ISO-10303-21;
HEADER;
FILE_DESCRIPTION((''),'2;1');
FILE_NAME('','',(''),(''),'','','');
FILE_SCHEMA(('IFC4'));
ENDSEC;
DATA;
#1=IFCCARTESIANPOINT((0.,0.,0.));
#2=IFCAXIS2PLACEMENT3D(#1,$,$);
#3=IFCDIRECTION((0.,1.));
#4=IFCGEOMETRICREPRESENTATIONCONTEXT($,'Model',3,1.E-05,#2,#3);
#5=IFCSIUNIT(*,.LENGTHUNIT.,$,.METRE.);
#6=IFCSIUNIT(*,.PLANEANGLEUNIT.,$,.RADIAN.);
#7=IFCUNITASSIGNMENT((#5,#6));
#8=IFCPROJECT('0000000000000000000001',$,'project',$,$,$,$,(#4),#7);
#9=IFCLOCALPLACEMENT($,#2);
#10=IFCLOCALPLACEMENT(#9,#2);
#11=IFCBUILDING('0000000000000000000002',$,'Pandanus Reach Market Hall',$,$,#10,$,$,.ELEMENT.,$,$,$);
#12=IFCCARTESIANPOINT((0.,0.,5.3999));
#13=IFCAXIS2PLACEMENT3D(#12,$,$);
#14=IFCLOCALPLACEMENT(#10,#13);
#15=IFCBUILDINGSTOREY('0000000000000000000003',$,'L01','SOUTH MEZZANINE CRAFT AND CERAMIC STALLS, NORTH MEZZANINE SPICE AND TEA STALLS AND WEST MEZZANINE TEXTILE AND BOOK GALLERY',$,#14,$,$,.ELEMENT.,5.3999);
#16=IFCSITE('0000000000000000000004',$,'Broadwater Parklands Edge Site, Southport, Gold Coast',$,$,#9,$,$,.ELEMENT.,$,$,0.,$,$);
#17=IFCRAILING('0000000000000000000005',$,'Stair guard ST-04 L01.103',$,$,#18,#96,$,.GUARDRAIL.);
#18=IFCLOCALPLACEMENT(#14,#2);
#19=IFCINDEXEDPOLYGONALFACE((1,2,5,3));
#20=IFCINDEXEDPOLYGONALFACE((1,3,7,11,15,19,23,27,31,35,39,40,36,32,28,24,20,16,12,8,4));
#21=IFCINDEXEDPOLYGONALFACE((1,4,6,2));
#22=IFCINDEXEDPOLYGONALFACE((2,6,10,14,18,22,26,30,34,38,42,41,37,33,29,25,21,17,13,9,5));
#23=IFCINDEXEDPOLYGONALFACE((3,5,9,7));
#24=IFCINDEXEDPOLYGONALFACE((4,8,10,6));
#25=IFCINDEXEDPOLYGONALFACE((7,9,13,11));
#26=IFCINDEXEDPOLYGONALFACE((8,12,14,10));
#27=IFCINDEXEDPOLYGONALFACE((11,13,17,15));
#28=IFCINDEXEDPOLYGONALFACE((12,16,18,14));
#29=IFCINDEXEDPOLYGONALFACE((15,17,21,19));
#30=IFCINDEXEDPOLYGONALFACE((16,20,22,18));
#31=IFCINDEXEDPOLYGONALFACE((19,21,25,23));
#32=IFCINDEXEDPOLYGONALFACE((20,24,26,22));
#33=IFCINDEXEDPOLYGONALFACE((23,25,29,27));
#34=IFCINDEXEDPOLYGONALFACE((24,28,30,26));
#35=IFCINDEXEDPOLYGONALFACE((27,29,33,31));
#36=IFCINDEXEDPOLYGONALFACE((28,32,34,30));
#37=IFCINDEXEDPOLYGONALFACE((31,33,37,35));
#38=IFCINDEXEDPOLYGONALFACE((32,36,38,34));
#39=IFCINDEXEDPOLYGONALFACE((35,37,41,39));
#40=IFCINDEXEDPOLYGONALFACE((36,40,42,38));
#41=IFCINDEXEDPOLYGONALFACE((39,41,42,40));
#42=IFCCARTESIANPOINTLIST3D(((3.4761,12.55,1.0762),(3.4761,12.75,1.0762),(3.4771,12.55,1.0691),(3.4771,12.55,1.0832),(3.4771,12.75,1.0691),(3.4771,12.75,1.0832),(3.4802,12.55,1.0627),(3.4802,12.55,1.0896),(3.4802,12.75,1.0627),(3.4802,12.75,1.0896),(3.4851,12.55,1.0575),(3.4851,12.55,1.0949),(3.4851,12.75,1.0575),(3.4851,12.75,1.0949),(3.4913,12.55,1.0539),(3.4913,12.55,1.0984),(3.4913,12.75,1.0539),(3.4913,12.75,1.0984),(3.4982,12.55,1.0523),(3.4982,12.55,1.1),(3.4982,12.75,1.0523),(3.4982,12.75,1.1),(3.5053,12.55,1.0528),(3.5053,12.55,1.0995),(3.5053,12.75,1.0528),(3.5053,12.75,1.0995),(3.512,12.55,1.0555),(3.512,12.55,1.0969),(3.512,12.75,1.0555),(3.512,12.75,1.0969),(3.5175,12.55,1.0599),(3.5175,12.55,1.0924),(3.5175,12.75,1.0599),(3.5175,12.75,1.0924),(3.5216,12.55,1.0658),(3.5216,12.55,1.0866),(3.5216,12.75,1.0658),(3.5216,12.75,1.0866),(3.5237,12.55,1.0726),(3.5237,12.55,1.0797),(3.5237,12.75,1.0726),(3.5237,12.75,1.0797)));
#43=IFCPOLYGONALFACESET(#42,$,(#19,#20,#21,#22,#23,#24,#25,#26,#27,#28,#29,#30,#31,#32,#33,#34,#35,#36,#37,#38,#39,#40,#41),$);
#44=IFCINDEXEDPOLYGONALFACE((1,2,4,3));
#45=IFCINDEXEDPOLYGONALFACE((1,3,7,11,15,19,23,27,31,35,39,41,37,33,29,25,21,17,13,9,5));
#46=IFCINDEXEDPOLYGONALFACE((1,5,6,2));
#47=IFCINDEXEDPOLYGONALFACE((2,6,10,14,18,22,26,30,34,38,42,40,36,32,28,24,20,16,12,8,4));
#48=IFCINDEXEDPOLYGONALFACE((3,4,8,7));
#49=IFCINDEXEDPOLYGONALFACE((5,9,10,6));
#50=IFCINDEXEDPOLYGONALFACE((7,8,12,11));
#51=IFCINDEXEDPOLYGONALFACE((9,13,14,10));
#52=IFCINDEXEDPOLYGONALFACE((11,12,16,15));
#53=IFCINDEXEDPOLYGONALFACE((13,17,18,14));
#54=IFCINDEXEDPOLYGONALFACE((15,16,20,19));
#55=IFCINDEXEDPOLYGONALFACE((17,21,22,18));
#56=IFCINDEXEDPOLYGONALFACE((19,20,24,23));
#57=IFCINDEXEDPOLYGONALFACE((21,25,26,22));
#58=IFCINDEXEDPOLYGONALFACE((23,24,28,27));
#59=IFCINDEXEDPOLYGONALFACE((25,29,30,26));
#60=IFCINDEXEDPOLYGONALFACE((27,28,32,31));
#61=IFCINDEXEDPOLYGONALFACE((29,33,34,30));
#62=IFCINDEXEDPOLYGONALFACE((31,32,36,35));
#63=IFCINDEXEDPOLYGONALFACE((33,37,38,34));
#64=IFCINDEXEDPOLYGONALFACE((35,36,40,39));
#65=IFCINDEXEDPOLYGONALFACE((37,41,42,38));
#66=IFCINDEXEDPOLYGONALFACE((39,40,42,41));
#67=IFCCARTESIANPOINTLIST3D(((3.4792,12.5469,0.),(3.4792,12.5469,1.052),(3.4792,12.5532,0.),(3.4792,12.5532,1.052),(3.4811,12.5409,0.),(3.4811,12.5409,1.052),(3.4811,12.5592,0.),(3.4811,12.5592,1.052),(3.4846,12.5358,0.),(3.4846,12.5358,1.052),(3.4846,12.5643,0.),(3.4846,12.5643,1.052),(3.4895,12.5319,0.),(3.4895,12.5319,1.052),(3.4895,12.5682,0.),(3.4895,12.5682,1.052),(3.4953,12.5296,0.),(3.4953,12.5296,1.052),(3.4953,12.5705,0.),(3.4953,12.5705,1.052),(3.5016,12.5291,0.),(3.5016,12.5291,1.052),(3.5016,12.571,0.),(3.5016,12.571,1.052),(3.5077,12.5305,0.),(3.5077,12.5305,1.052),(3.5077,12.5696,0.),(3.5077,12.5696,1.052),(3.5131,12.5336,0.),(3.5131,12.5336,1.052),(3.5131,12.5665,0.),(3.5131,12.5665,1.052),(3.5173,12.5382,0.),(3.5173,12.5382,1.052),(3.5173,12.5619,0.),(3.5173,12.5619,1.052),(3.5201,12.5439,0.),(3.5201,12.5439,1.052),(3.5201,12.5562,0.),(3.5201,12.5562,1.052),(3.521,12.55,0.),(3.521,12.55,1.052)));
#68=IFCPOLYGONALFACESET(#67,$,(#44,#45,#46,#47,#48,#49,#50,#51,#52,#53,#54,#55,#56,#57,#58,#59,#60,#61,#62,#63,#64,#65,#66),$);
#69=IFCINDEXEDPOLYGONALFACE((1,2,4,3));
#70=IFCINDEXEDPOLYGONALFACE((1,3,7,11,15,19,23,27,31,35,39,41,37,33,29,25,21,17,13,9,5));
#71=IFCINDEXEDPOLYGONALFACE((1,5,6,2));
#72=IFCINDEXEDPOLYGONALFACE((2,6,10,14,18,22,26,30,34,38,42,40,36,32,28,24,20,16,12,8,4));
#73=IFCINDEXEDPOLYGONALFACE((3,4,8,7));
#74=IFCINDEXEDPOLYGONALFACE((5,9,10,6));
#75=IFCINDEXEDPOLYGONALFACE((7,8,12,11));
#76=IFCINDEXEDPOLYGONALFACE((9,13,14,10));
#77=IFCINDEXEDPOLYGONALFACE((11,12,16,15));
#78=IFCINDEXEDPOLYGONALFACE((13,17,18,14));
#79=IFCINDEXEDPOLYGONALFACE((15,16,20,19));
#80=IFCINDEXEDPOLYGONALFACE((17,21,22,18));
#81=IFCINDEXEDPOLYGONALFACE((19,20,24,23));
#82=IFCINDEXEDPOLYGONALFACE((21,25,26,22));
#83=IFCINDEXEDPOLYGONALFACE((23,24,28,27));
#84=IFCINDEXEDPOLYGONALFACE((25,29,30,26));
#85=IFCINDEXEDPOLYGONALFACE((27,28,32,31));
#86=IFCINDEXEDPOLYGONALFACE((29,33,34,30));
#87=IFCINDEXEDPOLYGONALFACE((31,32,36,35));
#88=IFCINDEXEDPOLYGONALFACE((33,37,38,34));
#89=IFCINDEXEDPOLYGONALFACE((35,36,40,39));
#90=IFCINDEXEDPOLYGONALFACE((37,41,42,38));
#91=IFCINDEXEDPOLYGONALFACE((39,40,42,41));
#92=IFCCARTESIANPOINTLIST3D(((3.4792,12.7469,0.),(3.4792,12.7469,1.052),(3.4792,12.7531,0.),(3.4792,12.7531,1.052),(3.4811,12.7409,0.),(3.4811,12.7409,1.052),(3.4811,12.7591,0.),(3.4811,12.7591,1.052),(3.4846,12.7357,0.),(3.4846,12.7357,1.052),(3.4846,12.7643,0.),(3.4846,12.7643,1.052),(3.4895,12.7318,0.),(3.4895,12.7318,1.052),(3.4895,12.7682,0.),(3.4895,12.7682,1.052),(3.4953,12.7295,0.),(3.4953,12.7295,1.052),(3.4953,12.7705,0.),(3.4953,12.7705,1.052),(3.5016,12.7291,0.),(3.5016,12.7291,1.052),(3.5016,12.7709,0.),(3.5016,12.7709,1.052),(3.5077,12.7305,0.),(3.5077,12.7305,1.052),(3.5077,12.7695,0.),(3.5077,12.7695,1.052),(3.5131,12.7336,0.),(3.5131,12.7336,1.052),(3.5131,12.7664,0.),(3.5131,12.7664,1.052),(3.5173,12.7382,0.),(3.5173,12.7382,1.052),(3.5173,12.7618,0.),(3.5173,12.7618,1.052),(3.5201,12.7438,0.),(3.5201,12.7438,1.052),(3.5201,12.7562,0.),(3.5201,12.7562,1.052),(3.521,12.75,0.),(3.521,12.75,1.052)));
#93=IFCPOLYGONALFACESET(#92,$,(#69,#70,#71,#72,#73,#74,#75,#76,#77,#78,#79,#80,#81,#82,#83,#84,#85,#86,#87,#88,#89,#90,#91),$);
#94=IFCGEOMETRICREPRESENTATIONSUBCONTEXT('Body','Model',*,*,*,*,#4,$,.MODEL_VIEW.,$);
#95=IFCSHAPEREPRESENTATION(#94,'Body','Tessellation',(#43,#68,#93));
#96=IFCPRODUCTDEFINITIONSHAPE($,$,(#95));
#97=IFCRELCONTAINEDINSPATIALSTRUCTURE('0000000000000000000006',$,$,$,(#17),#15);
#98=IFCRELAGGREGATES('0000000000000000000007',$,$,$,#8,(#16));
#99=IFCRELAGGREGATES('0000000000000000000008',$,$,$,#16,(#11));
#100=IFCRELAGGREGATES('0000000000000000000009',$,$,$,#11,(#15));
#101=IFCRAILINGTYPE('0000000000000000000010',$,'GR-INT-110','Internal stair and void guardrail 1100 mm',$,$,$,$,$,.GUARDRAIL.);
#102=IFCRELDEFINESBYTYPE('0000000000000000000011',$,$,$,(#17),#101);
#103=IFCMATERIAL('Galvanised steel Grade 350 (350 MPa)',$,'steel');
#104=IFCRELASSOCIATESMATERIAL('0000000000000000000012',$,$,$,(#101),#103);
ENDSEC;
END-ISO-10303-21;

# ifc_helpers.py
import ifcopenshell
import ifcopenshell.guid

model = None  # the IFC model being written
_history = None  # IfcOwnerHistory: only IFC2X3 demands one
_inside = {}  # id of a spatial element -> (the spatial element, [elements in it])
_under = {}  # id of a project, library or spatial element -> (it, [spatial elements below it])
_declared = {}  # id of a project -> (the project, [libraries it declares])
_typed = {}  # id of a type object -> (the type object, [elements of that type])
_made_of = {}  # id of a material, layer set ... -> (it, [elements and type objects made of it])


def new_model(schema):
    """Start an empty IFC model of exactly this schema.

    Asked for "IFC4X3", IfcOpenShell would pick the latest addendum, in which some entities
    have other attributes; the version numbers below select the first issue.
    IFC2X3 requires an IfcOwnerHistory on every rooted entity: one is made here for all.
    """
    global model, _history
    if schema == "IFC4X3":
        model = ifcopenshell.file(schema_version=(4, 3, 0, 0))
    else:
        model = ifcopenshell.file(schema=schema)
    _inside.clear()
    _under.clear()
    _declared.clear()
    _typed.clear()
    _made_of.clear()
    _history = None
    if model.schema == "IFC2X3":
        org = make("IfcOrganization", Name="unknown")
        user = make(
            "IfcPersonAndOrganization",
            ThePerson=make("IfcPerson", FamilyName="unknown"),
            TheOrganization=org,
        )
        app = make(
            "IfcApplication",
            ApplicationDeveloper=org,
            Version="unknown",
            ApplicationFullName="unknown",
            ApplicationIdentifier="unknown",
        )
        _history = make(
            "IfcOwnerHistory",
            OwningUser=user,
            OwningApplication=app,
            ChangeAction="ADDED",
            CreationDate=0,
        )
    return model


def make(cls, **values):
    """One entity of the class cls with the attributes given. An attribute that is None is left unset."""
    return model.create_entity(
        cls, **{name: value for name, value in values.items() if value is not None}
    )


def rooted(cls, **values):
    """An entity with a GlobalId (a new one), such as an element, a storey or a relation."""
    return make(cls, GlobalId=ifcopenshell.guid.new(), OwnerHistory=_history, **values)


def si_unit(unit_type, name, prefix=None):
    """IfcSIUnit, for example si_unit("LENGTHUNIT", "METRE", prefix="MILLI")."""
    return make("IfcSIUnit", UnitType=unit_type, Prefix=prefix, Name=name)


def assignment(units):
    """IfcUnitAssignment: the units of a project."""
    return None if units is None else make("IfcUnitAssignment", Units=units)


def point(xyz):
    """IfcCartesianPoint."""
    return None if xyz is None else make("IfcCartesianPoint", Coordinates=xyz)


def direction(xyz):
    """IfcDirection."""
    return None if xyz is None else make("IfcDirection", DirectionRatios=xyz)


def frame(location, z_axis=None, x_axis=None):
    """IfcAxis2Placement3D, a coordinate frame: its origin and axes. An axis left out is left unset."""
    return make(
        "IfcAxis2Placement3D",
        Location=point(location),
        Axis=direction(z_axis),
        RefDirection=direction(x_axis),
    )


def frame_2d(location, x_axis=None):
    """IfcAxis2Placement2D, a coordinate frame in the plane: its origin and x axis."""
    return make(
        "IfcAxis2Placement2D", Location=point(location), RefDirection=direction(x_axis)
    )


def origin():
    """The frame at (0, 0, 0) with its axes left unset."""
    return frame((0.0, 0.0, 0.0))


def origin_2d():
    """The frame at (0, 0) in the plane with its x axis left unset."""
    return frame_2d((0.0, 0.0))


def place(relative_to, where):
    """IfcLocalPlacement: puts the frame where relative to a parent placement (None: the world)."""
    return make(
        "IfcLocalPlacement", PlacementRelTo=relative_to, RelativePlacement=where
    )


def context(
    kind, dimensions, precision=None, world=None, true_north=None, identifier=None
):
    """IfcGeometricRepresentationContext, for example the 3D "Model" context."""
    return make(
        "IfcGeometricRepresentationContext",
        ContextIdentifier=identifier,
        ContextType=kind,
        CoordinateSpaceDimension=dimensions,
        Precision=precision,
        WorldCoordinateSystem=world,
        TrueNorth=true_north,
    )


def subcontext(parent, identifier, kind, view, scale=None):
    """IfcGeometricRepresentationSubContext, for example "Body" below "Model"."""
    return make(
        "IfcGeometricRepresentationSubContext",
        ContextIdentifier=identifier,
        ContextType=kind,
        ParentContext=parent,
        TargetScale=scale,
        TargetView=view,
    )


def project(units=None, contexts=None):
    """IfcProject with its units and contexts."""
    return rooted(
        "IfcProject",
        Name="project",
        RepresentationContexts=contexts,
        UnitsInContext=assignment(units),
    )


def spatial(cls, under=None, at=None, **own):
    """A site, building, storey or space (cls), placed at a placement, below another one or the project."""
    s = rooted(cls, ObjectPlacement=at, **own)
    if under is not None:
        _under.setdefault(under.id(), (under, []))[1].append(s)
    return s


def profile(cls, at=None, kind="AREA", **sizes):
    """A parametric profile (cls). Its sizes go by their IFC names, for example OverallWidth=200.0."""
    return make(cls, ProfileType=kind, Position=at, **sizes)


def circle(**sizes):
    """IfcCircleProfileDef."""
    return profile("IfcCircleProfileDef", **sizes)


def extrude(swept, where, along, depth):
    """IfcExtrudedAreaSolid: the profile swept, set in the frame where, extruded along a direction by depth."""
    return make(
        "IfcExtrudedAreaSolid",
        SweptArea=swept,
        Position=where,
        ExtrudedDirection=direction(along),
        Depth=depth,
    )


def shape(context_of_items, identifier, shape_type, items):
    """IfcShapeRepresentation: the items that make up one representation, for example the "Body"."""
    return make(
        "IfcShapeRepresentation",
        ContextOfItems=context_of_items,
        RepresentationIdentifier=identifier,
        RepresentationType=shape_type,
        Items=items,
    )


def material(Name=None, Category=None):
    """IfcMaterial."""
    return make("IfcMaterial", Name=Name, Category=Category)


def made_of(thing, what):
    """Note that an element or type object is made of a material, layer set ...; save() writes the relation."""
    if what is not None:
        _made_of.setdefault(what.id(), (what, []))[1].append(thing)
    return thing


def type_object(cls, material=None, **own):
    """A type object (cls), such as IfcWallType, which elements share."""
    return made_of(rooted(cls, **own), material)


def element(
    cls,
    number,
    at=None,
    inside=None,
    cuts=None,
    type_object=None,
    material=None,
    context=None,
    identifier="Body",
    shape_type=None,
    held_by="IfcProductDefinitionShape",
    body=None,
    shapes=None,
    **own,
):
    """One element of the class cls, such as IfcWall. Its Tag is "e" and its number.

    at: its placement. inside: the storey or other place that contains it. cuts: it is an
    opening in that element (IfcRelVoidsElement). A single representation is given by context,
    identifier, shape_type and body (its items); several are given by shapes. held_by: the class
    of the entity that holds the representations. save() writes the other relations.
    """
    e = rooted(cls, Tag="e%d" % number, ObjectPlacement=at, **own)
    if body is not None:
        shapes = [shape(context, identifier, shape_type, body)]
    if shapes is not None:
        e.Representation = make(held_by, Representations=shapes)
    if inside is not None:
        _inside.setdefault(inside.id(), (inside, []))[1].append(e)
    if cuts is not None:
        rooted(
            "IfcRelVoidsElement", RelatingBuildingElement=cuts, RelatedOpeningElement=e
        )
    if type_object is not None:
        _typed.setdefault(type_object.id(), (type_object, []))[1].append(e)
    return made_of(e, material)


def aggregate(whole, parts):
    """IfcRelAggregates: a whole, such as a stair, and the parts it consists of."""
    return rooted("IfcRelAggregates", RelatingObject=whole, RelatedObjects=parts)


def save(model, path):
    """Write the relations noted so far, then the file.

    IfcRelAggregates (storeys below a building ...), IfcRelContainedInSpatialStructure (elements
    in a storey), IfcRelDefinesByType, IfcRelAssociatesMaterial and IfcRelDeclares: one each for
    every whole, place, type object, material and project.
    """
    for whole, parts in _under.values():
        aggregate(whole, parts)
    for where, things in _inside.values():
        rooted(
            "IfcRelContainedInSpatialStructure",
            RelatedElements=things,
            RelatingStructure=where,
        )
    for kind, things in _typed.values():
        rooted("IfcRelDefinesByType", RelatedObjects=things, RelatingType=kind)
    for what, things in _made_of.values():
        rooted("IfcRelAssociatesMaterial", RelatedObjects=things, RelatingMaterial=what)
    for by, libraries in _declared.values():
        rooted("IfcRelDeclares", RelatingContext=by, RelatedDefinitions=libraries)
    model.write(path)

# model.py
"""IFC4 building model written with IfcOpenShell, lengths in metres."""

from ifc_helpers import new_model, si_unit, direction, frame, origin, origin_2d, place, context, subcontext, project, spatial, circle, extrude, material, type_object, element, save


model = new_model("IFC4")

# Units and contexts
model_context = context("Model", 3, precision=1e-05, world=origin(), true_north=direction((0.0, 1.0)))
body_context = subcontext(model_context, "Body", "Model", "MODEL_VIEW")
ifc_project = project(units=[si_unit("LENGTHUNIT", "METRE"), si_unit("PLANEANGLEUNIT", "RADIAN")], contexts=[model_context])

# Site, building, storey
site_placement = place(None, origin())
site = spatial("IfcSite", under=ifc_project, at=site_placement, Name="Broadwater Parklands Edge Site, Southport, Gold Coast", CompositionType="ELEMENT", RefElevation=0.0)
building_placement = place(site_placement, origin())
building = spatial("IfcBuilding", under=site, at=building_placement, Name="Pandanus Reach Market Hall", CompositionType="ELEMENT")
storey_placement = place(building_placement, frame((0.0, 0.0, 5.3999)))
storey = spatial("IfcBuildingStorey", under=building, at=storey_placement, Name="L01", Description="SOUTH MEZZANINE CRAFT AND CERAMIC STALLS, NORTH MEZZANINE SPICE AND TEA STALLS AND WEST MEZZANINE TEXTILE AND BOOK GALLERY", CompositionType="ELEMENT", Elevation=5.3999)

# Railing
ifc_material_1 = material(Name="Galvanised steel Grade 350 (350 MPa)", Category="steel")
railing_type_1 = type_object("IfcRailingType", Name="GR-INT-110", Description="Internal stair and void guardrail 1100 mm", PredefinedType="GUARDRAIL", material=ifc_material_1)
railing_1_placement = place(storey_placement, frame((3.5, 12.55, 0.0)))
element("IfcRailing", 1, at=railing_1_placement, inside=storey, type_object=railing_type_1, Name="Stair guard ST-04 L01.103", PredefinedType="GUARDRAIL", context=body_context, shape_type="SweptSolid", body=[
    extrude(circle(Radius=0.0239, at=origin_2d()), frame((0.0, 0.0, 1.0762), z_axis=(0.0, 1.0, 0.0), x_axis=(-1.0, 0.0, 0.0)), (0.0, 0.0, 1.0), 0.2),
    extrude(circle(Radius=0.021, at=origin_2d()), origin(), (0.0, 0.0, 1.0), 1.052),
    extrude(circle(Radius=0.021, at=origin_2d()), frame((0.0, 0.2, 0.0)), (0.0, 0.0, 1.0), 1.052),
])

save(model, "model.ifc")
